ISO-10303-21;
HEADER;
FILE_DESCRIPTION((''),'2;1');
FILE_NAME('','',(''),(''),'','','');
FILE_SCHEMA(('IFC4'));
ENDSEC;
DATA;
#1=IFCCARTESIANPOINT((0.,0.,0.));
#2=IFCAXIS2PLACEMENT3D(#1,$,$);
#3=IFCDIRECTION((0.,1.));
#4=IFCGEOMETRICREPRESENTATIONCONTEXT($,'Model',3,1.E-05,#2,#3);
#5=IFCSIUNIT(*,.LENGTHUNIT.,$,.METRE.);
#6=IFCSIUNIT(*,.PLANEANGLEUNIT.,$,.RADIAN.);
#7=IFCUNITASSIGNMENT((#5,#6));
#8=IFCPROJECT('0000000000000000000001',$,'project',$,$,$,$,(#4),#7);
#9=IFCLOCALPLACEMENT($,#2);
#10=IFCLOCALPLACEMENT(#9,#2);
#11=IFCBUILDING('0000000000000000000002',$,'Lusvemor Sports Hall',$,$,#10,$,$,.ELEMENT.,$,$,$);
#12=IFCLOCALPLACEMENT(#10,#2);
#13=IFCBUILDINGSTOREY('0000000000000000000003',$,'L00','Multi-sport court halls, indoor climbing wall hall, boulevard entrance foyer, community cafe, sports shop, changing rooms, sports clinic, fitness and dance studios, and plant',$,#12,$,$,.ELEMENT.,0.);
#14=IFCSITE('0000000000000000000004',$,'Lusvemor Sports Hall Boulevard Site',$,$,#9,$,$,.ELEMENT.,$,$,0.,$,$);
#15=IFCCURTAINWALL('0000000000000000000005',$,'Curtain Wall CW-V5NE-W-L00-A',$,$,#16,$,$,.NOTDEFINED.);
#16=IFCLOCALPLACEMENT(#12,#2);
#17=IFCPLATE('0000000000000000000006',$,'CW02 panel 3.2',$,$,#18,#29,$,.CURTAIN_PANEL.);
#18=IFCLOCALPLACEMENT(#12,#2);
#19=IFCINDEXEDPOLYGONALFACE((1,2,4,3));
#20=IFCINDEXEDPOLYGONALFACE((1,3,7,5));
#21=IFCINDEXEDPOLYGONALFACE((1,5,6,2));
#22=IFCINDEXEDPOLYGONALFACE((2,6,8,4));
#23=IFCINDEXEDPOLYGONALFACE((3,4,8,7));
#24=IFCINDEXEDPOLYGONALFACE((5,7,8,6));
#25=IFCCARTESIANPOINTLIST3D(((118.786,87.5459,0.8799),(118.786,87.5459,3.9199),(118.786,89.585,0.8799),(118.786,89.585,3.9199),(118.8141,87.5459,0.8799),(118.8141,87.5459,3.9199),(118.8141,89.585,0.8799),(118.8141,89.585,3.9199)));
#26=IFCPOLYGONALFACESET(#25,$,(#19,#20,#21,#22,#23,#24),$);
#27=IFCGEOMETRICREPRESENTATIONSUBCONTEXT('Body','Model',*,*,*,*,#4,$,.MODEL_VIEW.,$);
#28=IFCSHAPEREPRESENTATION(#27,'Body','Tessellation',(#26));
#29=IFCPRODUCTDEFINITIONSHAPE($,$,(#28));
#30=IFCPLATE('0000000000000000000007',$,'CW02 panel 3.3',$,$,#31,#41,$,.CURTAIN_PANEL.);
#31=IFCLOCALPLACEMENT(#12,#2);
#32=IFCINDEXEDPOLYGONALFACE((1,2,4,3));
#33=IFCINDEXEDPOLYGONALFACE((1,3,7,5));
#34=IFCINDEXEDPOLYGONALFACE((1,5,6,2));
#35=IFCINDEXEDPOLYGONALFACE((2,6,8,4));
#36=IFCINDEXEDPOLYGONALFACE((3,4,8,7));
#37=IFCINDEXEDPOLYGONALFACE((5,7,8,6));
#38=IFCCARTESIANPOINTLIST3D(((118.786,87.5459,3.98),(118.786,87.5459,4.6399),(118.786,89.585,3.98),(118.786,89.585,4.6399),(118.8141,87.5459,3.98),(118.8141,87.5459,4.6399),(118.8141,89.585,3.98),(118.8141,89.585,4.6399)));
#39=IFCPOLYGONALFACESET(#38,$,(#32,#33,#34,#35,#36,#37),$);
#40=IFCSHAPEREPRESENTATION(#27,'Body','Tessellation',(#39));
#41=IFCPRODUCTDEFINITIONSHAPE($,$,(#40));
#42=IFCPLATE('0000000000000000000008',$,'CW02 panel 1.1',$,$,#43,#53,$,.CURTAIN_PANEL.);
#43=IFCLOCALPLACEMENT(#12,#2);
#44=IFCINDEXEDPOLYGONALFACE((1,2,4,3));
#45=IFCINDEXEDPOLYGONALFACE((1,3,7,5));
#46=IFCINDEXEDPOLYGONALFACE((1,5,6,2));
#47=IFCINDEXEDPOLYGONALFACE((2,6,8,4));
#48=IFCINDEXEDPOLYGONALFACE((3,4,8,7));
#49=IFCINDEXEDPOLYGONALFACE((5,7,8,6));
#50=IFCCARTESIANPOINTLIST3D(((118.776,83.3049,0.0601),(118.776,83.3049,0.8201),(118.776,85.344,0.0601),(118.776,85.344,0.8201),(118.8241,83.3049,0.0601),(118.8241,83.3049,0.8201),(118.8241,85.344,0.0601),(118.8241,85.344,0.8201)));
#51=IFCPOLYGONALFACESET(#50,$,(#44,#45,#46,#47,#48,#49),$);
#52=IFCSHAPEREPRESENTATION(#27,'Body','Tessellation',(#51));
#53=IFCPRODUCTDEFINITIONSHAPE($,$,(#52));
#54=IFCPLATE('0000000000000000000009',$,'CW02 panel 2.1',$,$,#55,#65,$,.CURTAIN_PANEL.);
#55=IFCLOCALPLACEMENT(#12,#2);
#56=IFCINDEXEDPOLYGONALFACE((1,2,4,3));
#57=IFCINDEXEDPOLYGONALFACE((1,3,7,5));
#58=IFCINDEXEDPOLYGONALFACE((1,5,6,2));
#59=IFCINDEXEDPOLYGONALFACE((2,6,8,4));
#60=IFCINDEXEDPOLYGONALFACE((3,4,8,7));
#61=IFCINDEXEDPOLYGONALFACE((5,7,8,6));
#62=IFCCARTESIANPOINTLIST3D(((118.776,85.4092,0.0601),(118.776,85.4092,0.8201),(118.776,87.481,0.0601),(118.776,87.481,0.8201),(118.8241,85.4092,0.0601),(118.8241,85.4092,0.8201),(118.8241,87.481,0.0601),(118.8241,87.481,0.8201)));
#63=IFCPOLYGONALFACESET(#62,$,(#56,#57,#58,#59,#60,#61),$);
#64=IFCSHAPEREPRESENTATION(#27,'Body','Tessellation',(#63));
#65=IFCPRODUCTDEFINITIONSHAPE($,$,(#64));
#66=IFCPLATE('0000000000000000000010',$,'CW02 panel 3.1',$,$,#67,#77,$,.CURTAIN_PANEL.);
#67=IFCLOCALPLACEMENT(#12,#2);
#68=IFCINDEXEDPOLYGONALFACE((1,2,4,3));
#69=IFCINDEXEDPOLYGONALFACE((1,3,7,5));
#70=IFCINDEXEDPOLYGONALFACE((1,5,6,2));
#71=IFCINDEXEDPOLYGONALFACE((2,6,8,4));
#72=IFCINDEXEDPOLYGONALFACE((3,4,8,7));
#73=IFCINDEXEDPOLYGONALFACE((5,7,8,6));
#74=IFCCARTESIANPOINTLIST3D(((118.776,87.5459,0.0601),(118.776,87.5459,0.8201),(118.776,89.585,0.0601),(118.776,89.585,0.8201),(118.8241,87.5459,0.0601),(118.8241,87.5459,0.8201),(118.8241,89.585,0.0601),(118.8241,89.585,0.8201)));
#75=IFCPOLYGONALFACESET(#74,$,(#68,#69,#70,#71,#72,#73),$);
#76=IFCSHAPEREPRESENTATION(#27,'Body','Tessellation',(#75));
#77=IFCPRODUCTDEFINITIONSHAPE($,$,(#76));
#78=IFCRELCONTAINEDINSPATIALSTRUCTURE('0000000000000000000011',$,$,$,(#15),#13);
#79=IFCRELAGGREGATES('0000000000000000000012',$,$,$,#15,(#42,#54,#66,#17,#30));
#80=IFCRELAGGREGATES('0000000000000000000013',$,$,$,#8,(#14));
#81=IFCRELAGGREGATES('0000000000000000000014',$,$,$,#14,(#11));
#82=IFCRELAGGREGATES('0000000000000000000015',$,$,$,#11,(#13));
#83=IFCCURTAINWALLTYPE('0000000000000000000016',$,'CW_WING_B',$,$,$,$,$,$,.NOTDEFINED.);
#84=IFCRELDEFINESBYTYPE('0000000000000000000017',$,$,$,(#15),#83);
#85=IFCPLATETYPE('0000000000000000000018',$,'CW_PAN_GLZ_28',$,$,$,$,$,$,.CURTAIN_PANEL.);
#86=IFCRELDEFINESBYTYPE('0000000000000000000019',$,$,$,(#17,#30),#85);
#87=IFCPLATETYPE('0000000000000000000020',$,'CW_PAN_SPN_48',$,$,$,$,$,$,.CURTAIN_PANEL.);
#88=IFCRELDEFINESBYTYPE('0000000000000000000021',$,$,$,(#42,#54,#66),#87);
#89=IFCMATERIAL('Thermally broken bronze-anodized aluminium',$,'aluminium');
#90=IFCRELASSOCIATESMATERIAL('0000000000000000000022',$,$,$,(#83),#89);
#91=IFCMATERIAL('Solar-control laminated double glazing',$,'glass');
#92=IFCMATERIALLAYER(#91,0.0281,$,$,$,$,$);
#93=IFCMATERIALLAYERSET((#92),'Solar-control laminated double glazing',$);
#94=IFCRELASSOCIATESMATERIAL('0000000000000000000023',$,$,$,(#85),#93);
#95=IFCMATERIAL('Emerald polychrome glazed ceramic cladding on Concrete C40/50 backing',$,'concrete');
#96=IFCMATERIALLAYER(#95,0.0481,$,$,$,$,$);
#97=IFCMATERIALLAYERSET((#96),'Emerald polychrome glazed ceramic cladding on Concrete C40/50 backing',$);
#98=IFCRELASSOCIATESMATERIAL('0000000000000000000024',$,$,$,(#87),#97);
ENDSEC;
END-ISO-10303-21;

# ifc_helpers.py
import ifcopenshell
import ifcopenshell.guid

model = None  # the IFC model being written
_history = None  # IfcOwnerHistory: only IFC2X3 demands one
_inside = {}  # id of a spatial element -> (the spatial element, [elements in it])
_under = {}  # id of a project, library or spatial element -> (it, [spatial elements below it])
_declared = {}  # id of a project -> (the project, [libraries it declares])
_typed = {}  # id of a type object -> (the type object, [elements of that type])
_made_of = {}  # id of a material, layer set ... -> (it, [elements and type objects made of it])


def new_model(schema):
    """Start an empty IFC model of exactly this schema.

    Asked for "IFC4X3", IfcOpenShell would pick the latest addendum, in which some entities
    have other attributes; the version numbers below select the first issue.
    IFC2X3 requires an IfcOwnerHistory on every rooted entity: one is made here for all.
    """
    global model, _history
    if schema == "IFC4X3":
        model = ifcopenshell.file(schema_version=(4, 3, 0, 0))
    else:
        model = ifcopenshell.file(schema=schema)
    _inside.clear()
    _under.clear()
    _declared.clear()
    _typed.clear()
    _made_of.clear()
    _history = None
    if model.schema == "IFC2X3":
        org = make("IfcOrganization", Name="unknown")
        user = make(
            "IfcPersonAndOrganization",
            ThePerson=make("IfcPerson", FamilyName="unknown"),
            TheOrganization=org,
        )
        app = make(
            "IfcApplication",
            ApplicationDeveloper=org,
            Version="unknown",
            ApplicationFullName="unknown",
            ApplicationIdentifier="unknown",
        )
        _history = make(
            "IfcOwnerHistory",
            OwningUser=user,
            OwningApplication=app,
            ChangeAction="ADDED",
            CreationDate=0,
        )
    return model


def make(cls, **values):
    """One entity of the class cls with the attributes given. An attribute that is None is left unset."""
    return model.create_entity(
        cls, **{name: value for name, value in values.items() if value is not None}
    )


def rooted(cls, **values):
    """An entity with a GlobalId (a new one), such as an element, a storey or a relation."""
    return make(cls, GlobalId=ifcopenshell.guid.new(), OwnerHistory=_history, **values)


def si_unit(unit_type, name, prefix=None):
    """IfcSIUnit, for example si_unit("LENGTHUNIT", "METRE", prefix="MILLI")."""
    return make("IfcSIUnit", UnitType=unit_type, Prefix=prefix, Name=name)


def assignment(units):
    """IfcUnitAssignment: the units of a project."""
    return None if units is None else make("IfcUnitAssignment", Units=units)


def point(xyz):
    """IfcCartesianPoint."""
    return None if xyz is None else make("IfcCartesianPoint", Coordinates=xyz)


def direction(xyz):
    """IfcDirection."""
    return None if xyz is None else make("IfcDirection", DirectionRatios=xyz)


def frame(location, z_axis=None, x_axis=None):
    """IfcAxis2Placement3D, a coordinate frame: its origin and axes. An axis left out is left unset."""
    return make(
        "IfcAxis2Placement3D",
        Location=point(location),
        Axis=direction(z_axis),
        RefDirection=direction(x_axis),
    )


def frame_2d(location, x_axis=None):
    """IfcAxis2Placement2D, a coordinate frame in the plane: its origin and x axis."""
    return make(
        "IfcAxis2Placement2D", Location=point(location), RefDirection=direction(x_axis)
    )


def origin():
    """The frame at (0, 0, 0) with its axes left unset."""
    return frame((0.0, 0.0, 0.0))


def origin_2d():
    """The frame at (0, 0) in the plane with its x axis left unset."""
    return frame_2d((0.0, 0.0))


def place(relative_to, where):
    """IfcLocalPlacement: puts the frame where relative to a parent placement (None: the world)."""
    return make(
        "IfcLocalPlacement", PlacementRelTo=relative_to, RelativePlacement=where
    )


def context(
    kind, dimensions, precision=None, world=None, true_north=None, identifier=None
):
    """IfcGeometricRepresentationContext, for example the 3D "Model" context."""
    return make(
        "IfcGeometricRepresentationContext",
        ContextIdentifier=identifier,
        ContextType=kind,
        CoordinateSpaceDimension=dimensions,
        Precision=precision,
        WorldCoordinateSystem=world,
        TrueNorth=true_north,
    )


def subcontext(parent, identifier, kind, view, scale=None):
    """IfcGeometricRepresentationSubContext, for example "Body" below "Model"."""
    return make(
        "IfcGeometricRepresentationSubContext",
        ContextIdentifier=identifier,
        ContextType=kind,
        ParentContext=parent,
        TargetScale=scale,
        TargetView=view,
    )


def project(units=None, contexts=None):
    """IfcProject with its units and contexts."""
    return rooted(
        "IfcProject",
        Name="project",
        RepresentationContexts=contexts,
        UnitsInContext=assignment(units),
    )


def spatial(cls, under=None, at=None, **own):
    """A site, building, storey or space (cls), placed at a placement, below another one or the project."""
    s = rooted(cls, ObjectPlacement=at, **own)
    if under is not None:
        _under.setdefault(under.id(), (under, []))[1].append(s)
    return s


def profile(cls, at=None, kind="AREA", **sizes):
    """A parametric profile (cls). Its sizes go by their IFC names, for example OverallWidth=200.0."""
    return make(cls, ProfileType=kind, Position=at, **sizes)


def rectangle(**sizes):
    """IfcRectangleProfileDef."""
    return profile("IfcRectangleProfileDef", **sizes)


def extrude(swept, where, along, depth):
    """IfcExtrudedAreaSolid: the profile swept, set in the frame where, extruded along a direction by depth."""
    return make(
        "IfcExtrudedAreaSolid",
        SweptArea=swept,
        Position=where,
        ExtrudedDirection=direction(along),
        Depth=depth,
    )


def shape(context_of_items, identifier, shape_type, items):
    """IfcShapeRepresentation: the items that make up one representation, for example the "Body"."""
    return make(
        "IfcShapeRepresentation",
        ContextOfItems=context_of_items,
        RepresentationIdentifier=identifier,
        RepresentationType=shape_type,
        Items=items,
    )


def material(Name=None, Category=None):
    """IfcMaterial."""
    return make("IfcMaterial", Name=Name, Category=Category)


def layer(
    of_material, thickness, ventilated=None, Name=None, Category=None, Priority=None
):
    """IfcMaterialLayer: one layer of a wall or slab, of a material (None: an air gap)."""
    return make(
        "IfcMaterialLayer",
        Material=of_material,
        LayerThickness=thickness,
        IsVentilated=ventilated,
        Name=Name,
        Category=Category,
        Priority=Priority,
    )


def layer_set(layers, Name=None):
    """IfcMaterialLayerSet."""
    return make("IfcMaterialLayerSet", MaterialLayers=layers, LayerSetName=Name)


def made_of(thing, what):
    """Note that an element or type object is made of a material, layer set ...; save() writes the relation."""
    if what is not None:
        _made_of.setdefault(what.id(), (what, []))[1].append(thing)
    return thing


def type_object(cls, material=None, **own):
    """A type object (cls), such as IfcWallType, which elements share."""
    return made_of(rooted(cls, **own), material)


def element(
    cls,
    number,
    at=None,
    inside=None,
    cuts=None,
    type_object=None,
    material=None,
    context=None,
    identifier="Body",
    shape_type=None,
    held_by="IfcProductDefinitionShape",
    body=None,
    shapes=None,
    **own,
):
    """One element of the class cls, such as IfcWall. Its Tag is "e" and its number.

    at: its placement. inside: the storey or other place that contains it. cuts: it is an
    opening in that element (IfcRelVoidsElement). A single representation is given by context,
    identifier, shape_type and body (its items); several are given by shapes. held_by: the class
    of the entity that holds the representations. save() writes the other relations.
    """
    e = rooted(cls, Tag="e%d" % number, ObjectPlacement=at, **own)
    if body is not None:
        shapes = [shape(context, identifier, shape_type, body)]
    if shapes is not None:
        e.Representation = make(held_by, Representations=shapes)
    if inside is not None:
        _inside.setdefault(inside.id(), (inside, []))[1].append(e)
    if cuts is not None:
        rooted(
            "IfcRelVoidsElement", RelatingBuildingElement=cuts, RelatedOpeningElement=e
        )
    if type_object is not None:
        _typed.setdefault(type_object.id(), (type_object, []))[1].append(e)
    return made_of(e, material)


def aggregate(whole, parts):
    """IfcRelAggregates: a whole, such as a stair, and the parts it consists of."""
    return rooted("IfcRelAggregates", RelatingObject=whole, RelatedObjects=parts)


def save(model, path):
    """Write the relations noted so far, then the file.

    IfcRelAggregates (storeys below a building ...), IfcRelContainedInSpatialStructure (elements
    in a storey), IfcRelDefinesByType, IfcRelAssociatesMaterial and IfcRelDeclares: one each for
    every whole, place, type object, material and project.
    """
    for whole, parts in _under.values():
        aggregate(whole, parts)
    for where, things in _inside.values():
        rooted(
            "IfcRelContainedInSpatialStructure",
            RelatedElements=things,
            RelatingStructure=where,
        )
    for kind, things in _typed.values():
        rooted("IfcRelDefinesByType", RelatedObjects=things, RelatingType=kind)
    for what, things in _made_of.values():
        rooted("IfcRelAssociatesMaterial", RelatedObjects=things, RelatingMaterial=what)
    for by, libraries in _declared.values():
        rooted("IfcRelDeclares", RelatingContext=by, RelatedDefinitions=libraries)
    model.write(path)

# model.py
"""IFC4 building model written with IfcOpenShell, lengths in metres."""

from ifc_helpers import new_model, si_unit, direction, frame, origin, origin_2d, place, context, subcontext, project, spatial, rectangle, extrude, material, layer, layer_set, type_object, element, aggregate, save


model = new_model("IFC4")

# Units and contexts
model_context = context("Model", 3, precision=1e-05, world=origin(), true_north=direction((0.0, 1.0)))
body_context = subcontext(model_context, "Body", "Model", "MODEL_VIEW")
ifc_project = project(units=[si_unit("LENGTHUNIT", "METRE"), si_unit("PLANEANGLEUNIT", "RADIAN")], contexts=[model_context])

# Site, building, storey
site_placement = place(None, origin())
site = spatial("IfcSite", under=ifc_project, at=site_placement, Name="Lusvemor Sports Hall Boulevard Site", CompositionType="ELEMENT", RefElevation=0.0)
building_placement = place(site_placement, origin())
building = spatial("IfcBuilding", under=site, at=building_placement, Name="Lusvemor Sports Hall", CompositionType="ELEMENT")
storey_placement = place(building_placement, origin())
storey = spatial("IfcBuildingStorey", under=building, at=storey_placement, Name="L00", Description="Multi-sport court halls, indoor climbing wall hall, boulevard entrance foyer, community cafe, sports shop, changing rooms, sports clinic, fitness and dance studios, and plant", CompositionType="ELEMENT", Elevation=0.0)

# Shared definitions
ifc_material_1 = material(Name="Thermally broken bronze-anodized aluminium", Category="aluminium")
curtain_wall_type = type_object("IfcCurtainWallType", Name="CW_WING_B", PredefinedType="NOTDEFINED", material=ifc_material_1)

# Curtain wall, plates
curtain_wall_1_placement = place(storey_placement, origin())
curtain_wall_1 = element("IfcCurtainWall", 1, at=curtain_wall_1_placement, inside=storey, type_object=curtain_wall_type, Name="Curtain Wall CW-V5NE-W-L00-A", PredefinedType="NOTDEFINED")
ifc_material_2 = material(Name="Solar-control laminated double glazing", Category="glass")
ifc_layer_1 = layer(ifc_material_2, 0.0281)
ifc_layer_set_1 = layer_set([ifc_layer_1], Name="Solar-control laminated double glazing")
plate_type_1 = type_object("IfcPlateType", Name="CW_PAN_GLZ_28", PredefinedType="CURTAIN_PANEL", material=ifc_layer_set_1)
plate_1_placement = place(storey_placement, frame((118.8, 88.5654, 0.8799), z_axis=(0.0, 0.0, 1.0), x_axis=(0.0, 1.0, 0.0)))
plate_1 = element("IfcPlate", 2, at=plate_1_placement, type_object=plate_type_1, Name="CW02 panel 3.2", PredefinedType="CURTAIN_PANEL", context=body_context, shape_type="SweptSolid", body=[
    extrude(rectangle(XDim=2.0391, YDim=0.0281, at=origin_2d()), origin(), (0.0, 0.0, 1.0), 3.04),
])
plate_2_placement = place(storey_placement, frame((118.8, 88.5654, 3.98), z_axis=(0.0, 0.0, 1.0), x_axis=(0.0, 1.0, 0.0)))
plate_2 = element("IfcPlate", 3, at=plate_2_placement, type_object=plate_type_1, Name="CW02 panel 3.3", PredefinedType="CURTAIN_PANEL", context=body_context, shape_type="SweptSolid", body=[
    extrude(rectangle(XDim=2.0391, YDim=0.0281, at=origin_2d()), origin(), (0.0, 0.0, 1.0), 0.6599),
])
ifc_material_3 = material(Name="Emerald polychrome glazed ceramic cladding on Concrete C40/50 backing", Category="concrete")
ifc_layer_2 = layer(ifc_material_3, 0.0481)
ifc_layer_set_2 = layer_set([ifc_layer_2], Name="Emerald polychrome glazed ceramic cladding on Concrete C40/50 backing")
plate_type_2 = type_object("IfcPlateType", Name="CW_PAN_SPN_48", PredefinedType="CURTAIN_PANEL", material=ifc_layer_set_2)
plate_3_placement = place(storey_placement, frame((118.8, 84.3245, 0.0601), z_axis=(0.0, 0.0, 1.0), x_axis=(0.0, 1.0, 0.0)))
plate_3 = element("IfcPlate", 4, at=plate_3_placement, type_object=plate_type_2, Name="CW02 panel 1.1", PredefinedType="CURTAIN_PANEL", context=body_context, shape_type="SweptSolid", body=[
    extrude(rectangle(XDim=2.0391, YDim=0.0481, at=origin_2d()), origin(), (0.0, 0.0, 1.0), 0.76),
])
plate_4_placement = place(storey_placement, frame((118.8, 86.4451, 0.0601), z_axis=(0.0, 0.0, 1.0), x_axis=(0.0, 1.0, 0.0)))
plate_4 = element("IfcPlate", 5, at=plate_4_placement, type_object=plate_type_2, Name="CW02 panel 2.1", PredefinedType="CURTAIN_PANEL", context=body_context, shape_type="SweptSolid", body=[
    extrude(rectangle(XDim=2.0718, YDim=0.0481, at=origin_2d()), origin(), (0.0, 0.0, 1.0), 0.76),
])
plate_5_placement = place(storey_placement, frame((118.8, 88.5654, 0.0601), z_axis=(0.0, 0.0, 1.0), x_axis=(0.0, 1.0, 0.0)))
plate_5 = element("IfcPlate", 6, at=plate_5_placement, type_object=plate_type_2, Name="CW02 panel 3.1", PredefinedType="CURTAIN_PANEL", context=body_context, shape_type="SweptSolid", body=[
    extrude(rectangle(XDim=2.0391, YDim=0.0481, at=origin_2d()), origin(), (0.0, 0.0, 1.0), 0.76),
])
aggregate(curtain_wall_1, [plate_3, plate_4, plate_5, plate_1, plate_2])

save(model, "model.ifc")
